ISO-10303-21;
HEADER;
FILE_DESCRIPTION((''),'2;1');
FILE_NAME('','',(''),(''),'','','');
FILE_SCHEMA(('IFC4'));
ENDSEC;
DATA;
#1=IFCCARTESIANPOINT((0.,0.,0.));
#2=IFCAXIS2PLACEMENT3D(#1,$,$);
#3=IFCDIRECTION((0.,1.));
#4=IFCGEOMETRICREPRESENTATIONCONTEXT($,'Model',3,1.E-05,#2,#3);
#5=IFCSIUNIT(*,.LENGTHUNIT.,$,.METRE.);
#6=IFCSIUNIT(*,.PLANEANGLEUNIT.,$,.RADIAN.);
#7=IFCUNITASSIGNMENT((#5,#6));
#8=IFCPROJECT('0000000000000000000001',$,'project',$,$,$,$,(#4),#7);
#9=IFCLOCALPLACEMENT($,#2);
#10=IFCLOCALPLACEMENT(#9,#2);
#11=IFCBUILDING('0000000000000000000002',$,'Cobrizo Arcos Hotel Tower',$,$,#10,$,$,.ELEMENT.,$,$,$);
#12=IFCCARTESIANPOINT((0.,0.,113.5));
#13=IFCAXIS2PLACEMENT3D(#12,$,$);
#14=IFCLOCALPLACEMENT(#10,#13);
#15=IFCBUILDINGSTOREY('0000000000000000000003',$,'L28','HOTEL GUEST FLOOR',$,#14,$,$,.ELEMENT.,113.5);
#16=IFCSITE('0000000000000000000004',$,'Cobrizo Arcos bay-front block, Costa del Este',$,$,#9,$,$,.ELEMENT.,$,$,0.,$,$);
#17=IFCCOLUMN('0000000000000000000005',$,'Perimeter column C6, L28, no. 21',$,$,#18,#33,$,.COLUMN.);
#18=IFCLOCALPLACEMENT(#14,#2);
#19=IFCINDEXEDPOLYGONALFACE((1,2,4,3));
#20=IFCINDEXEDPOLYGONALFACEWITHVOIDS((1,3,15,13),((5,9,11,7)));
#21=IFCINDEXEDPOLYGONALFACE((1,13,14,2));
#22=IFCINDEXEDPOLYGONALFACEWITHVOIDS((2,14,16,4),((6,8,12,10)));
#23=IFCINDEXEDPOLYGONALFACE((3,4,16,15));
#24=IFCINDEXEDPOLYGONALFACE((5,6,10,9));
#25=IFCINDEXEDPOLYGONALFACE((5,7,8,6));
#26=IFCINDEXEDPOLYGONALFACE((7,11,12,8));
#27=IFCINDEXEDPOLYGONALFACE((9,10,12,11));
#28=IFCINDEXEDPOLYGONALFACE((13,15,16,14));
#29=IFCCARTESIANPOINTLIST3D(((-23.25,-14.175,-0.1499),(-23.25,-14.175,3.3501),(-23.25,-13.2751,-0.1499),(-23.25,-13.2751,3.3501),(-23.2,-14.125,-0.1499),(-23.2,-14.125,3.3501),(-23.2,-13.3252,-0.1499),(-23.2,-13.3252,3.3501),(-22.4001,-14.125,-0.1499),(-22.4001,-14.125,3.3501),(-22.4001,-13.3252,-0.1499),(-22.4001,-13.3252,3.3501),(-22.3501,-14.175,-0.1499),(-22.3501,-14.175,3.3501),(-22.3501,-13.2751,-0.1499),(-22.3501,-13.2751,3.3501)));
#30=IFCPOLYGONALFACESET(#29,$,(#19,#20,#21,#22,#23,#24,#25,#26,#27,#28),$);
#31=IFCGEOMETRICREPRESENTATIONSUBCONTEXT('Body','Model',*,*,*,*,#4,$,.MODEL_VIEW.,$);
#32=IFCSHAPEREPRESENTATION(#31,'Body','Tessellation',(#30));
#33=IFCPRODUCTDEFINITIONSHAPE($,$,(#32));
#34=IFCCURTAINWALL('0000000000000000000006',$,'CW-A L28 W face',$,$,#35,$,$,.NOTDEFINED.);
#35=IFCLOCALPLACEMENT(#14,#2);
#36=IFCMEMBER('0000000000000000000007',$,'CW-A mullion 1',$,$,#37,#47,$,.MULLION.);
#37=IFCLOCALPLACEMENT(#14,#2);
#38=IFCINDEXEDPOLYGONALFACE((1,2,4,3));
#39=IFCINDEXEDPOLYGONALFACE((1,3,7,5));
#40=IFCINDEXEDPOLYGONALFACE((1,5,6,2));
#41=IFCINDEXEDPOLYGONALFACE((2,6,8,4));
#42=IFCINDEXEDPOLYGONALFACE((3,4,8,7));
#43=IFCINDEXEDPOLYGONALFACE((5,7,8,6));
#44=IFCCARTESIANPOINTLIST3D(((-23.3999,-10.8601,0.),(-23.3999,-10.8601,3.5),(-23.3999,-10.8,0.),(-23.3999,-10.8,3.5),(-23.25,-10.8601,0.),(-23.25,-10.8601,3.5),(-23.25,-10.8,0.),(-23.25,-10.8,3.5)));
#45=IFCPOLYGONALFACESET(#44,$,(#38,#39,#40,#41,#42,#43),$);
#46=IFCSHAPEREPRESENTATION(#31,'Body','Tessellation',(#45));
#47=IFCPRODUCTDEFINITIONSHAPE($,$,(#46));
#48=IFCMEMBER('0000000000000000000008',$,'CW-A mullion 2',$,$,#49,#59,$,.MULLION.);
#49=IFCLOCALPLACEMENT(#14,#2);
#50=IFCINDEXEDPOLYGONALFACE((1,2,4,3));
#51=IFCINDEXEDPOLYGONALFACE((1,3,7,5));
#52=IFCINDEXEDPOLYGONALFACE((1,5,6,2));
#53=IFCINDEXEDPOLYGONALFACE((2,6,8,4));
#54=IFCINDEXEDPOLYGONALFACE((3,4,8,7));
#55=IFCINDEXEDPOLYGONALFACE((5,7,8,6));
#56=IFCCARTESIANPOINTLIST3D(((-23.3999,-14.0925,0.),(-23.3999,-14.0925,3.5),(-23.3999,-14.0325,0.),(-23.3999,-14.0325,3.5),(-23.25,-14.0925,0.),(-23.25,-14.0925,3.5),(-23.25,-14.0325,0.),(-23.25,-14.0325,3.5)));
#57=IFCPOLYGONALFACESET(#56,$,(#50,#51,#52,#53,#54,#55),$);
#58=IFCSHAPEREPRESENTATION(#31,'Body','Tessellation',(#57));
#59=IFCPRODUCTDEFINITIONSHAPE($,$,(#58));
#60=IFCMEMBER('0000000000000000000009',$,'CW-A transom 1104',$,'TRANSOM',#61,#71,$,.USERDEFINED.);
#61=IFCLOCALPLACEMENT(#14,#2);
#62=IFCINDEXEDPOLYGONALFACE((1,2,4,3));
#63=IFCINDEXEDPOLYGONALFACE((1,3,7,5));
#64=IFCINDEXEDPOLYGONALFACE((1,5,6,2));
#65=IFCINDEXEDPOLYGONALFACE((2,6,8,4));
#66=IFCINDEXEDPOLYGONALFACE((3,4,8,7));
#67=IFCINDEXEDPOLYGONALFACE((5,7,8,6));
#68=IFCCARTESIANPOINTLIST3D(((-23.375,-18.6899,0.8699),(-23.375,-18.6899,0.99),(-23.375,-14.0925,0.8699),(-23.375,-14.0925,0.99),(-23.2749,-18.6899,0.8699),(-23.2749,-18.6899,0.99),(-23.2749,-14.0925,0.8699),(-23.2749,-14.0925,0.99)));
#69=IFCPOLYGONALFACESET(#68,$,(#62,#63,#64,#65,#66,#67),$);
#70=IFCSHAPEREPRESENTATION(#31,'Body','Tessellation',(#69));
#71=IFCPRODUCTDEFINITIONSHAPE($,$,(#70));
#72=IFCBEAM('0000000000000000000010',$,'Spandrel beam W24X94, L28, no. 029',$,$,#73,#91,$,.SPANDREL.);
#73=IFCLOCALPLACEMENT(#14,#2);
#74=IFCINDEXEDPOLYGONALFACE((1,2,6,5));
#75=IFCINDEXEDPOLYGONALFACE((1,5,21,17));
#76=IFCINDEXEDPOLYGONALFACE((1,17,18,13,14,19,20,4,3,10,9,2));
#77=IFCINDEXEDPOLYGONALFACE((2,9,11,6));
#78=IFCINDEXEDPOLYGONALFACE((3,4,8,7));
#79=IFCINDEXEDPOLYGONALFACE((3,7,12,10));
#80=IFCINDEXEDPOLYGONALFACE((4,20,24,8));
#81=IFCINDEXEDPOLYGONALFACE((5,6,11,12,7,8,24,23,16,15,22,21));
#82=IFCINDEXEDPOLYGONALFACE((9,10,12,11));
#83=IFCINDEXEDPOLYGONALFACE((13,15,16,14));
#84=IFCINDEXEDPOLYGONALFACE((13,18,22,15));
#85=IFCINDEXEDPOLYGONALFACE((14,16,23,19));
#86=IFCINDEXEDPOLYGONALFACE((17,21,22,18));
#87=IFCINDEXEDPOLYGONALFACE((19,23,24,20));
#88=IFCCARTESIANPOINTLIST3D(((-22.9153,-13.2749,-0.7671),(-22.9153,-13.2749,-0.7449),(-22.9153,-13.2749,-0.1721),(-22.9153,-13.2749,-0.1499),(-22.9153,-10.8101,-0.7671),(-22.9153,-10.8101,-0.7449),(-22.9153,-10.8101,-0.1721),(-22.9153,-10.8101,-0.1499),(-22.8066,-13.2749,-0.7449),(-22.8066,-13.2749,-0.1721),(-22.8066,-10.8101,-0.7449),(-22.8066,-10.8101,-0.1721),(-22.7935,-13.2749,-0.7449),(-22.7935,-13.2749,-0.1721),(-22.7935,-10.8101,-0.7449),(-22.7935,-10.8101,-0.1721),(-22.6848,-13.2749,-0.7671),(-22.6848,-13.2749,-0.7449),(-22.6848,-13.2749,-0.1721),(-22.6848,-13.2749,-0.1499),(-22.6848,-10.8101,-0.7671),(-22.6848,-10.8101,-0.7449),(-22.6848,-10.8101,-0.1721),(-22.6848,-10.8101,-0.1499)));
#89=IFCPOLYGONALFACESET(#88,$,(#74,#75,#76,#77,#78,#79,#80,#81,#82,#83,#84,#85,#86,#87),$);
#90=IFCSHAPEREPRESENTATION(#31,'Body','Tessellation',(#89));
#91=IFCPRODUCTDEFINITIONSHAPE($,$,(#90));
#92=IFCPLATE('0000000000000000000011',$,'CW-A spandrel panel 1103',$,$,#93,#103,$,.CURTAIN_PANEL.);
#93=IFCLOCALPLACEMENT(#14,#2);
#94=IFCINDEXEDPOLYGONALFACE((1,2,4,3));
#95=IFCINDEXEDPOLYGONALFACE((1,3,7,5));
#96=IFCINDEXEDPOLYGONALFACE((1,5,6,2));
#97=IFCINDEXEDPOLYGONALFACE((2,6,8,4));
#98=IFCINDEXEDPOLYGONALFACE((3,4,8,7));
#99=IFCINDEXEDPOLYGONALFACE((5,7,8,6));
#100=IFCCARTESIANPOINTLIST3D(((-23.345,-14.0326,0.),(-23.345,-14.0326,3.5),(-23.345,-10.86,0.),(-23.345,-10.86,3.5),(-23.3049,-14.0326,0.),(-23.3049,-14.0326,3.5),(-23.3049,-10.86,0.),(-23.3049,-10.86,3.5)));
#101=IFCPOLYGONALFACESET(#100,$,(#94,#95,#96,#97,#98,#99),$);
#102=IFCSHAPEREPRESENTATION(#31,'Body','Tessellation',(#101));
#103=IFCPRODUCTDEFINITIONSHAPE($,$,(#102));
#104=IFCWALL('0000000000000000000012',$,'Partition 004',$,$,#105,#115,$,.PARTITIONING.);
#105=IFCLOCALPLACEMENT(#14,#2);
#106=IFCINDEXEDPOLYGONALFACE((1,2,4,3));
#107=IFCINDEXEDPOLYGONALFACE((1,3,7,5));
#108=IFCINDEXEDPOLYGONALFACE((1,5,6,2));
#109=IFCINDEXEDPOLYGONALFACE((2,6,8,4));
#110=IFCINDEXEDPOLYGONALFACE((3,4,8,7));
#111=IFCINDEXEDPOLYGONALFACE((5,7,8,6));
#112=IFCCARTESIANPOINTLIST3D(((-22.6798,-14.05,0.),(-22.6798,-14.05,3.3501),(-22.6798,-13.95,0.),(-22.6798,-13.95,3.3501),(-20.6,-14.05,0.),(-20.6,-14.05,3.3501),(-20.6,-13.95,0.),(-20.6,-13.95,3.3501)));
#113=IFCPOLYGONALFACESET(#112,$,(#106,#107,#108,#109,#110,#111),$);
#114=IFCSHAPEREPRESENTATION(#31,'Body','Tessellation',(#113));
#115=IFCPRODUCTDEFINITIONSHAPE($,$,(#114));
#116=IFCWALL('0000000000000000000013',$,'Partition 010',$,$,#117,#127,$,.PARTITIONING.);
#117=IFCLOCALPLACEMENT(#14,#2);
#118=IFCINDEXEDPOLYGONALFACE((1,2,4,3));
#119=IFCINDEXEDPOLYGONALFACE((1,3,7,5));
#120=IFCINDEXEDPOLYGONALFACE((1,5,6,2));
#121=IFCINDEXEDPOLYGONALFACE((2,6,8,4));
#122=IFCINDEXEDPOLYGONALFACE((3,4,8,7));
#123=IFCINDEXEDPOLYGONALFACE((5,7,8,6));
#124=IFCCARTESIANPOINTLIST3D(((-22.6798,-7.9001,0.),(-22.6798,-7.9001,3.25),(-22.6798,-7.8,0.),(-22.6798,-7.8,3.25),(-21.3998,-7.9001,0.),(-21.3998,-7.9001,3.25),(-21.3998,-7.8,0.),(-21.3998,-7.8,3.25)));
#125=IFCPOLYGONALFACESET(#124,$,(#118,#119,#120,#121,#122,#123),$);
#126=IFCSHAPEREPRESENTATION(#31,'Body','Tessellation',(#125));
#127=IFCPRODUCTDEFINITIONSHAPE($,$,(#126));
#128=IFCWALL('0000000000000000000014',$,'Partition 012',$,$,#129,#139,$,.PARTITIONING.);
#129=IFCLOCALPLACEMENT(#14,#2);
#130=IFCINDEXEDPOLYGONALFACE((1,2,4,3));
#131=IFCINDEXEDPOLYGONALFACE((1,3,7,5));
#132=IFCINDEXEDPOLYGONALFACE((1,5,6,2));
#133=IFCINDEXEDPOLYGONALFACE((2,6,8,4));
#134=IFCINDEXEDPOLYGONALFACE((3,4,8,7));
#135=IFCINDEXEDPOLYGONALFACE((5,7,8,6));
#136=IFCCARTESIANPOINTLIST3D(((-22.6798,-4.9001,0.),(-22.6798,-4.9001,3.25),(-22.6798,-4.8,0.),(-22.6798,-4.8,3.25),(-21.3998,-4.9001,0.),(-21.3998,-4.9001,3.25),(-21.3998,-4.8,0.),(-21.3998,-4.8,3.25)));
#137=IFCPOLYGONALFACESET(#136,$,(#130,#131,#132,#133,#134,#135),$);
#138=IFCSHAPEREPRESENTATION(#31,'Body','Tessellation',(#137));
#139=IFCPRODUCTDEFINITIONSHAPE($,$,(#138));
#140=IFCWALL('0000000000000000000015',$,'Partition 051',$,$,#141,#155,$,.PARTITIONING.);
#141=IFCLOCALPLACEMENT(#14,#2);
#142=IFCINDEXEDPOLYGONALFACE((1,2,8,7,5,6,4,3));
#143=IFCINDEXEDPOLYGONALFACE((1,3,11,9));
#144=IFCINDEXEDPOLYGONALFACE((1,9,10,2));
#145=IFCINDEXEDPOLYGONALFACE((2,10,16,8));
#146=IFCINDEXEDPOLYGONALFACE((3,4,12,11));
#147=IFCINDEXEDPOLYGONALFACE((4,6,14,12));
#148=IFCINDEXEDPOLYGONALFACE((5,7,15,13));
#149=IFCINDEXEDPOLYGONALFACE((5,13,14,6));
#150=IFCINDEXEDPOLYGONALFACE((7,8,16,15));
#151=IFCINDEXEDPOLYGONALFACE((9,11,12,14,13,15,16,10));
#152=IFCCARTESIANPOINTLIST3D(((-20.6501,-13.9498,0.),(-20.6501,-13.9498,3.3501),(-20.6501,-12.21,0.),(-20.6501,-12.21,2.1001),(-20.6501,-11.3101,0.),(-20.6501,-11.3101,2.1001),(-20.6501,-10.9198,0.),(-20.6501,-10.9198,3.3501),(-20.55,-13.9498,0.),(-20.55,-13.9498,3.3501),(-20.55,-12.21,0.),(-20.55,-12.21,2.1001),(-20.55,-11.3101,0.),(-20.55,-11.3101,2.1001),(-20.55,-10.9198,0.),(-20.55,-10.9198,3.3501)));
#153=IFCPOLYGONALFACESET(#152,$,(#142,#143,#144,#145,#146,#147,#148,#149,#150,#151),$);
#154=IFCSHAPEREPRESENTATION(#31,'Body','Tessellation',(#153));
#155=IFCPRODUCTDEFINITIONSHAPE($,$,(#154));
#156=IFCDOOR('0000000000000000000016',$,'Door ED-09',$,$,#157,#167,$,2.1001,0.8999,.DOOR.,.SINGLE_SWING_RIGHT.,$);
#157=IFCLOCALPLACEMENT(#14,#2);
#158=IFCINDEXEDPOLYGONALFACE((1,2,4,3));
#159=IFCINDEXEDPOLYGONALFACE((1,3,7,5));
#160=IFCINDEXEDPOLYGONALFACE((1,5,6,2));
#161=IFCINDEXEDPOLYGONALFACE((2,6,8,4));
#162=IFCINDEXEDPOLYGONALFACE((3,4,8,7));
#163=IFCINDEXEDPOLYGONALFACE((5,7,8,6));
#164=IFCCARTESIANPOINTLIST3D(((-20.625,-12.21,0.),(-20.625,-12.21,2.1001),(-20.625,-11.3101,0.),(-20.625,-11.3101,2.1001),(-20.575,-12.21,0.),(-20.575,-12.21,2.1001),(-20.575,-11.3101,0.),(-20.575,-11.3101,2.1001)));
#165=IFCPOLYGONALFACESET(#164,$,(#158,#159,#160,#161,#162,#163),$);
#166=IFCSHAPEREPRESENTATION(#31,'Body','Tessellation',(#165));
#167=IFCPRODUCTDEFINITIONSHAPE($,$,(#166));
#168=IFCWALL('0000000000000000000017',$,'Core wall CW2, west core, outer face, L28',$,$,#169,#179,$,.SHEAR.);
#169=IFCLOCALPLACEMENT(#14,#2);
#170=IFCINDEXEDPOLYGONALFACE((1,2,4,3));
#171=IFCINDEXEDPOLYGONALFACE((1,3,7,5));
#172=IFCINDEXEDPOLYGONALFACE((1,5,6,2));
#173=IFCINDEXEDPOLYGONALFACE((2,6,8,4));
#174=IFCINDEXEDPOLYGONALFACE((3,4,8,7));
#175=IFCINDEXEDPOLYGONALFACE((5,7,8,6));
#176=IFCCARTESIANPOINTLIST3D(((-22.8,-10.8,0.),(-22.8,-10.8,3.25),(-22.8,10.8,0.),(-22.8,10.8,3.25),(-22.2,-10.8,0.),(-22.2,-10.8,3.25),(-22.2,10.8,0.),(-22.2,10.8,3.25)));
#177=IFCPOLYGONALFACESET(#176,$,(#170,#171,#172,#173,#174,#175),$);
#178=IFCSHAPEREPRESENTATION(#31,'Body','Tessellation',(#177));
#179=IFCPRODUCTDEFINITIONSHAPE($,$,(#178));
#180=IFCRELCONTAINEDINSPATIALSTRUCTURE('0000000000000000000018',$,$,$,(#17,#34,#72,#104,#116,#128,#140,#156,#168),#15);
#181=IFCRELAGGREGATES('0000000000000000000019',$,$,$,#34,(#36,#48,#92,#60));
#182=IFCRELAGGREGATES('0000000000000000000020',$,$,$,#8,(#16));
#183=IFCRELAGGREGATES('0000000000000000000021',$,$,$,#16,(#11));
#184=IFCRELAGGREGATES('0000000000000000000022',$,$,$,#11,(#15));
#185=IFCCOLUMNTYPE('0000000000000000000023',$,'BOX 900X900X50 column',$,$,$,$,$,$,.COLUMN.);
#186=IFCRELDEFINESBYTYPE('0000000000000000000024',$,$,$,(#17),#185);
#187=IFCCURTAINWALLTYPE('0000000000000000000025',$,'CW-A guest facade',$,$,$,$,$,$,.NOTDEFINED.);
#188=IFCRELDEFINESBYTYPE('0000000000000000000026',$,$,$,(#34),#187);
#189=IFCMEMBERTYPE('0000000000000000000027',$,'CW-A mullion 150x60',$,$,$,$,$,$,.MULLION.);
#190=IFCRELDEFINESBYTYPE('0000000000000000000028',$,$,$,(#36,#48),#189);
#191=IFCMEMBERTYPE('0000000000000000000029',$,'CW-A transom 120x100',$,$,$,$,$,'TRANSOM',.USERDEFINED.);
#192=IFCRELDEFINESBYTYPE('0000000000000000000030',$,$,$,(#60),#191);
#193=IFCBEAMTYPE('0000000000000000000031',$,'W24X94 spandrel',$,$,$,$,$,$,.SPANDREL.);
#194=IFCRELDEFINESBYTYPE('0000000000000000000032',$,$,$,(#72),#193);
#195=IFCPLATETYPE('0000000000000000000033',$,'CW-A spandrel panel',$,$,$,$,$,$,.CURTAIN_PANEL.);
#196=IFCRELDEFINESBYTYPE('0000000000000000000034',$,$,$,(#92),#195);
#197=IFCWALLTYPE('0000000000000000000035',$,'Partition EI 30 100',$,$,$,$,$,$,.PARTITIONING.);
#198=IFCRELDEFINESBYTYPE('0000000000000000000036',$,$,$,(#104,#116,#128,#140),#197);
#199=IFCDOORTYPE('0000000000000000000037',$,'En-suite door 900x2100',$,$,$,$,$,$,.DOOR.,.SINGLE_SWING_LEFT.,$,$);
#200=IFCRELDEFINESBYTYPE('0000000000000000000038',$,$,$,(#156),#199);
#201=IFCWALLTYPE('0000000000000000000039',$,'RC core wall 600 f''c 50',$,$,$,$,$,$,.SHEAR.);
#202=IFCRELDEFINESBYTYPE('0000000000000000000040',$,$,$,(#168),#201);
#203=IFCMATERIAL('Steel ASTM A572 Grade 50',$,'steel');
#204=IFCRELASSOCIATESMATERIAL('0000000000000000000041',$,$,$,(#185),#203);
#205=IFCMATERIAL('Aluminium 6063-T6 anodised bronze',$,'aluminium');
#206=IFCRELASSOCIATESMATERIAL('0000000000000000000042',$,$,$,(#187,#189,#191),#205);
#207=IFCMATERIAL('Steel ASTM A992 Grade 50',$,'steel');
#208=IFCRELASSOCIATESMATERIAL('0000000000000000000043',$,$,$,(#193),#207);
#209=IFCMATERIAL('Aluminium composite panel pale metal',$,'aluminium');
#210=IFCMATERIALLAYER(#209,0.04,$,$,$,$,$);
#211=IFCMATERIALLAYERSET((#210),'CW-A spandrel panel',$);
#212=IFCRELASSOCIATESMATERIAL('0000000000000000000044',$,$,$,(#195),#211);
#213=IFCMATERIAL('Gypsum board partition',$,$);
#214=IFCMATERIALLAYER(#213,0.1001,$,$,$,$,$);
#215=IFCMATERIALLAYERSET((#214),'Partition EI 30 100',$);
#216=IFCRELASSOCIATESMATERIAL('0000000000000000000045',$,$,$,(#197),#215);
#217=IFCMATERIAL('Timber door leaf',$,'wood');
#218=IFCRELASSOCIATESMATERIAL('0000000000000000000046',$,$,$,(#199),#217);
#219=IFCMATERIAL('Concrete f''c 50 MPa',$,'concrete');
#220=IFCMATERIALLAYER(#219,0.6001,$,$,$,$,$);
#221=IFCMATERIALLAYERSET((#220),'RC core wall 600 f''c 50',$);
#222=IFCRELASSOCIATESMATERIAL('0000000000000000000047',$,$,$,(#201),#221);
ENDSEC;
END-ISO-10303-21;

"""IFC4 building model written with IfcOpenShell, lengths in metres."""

from ifc_helpers import new_model, si_unit, direction, frame, frame_2d, origin, origin_2d, place, context, subcontext, project, spatial, rectangle, hollow_rectangle, i_section, extrude, material, layer, layer_set, material_profile, profile_set, type_object, element, fill, aggregate, save


model = new_model("IFC4")

# Units and contexts
model_context = context("Model", 3, precision=1e-05, world=origin(), true_north=direction((0.0, 1.0)))
body_context = subcontext(model_context, "Body", "Model", "MODEL_VIEW")
ifc_project = project(units=[si_unit("LENGTHUNIT", "METRE"), si_unit("PLANEANGLEUNIT", "RADIAN")], contexts=[model_context])

# Site, building, storey
site_placement = place(None, origin())
site = spatial("IfcSite", under=ifc_project, at=site_placement, Name="Cobrizo Arcos bay-front block, Costa del Este", CompositionType="ELEMENT", RefElevation=0.0)
building_placement = place(site_placement, origin())
building = spatial("IfcBuilding", under=site, at=building_placement, Name="Cobrizo Arcos Hotel Tower", CompositionType="ELEMENT")
storey_placement = place(building_placement, frame((0.0, 0.0, 113.5)))
storey = spatial("IfcBuildingStorey", under=building, at=storey_placement, Name="L28", Description="HOTEL GUEST FLOOR", CompositionType="ELEMENT", Elevation=113.5)

# Column
ifc_material_1 = material(Name="Steel ASTM A572 Grade 50", Category="steel")
ifc_material_profile_1 = material_profile(ifc_material_1, hollow_rectangle(XDim=0.8999, YDim=0.8999, WallThickness=0.05, at=origin_2d()), Name="BOX 900X900X50")
ifc_profile_set_1 = profile_set([ifc_material_profile_1], Name="Steel ASTM A572 Grade 50")
column_type = type_object("IfcColumnType", Name="BOX 900X900X50 column", PredefinedType="COLUMN", material=ifc_profile_set_1)
column_placement = place(storey_placement, frame((-22.8, -13.7251, -0.1499), z_axis=(0.0, 0.0, 1.0), x_axis=(1.0, 0.0, 0.0)))
element("IfcColumn", 1, at=column_placement, inside=storey, type_object=column_type, Name="Perimeter column C6, L28, no. 21", PredefinedType="COLUMN", context=body_context, shape_type="SweptSolid", body=[
    extrude(hollow_rectangle(XDim=0.8999, YDim=0.8999, WallThickness=0.05, at=origin_2d()), origin(), (0.0, 0.0, 1.0), 3.5),
])

# Curtain wall, members
ifc_material_2 = material(Name="Aluminium 6063-T6 anodised bronze", Category="aluminium")
curtain_wall_type = type_object("IfcCurtainWallType", Name="CW-A guest facade", PredefinedType="NOTDEFINED", material=ifc_material_2)
curtain_wall_placement = place(storey_placement, origin())
curtain_wall = element("IfcCurtainWall", 2, at=curtain_wall_placement, inside=storey, type_object=curtain_wall_type, Name="CW-A L28 W face", PredefinedType="NOTDEFINED")
ifc_material_profile_2 = material_profile(ifc_material_2, rectangle(XDim=0.1499, YDim=0.0601, at=origin_2d()), Name="CW-A mullion 150x60")
ifc_profile_set_2 = profile_set([ifc_material_profile_2], Name="Aluminium 6063-T6 anodised bronze")
member_type_1 = type_object("IfcMemberType", Name="CW-A mullion 150x60", PredefinedType="MULLION", material=ifc_profile_set_2)
member_1_placement = place(storey_placement, frame((-23.325, -10.8301, 0.0), z_axis=(0.0, 0.0, 1.0), x_axis=(-1.0, 0.0, 0.0)))
member_1 = element("IfcMember", 3, at=member_1_placement, type_object=member_type_1, Name="CW-A mullion 1", PredefinedType="MULLION", context=body_context, shape_type="SweptSolid", body=[
    extrude(rectangle(XDim=0.1499, YDim=0.0601, at=origin_2d()), origin(), (0.0, 0.0, 1.0), 3.5),
])
member_2_placement = place(storey_placement, frame((-23.325, -14.0625, 0.0), z_axis=(0.0, 0.0, 1.0), x_axis=(-1.0, 0.0, 0.0)))
member_2 = element("IfcMember", 4, at=member_2_placement, type_object=member_type_1, Name="CW-A mullion 2", PredefinedType="MULLION", context=body_context, shape_type="SweptSolid", body=[
    extrude(rectangle(XDim=0.1499, YDim=0.0601, at=origin_2d()), origin(), (0.0, 0.0, 1.0), 3.5),
])
ifc_material_profile_3 = material_profile(ifc_material_2, rectangle(XDim=0.1001, YDim=0.1201, at=origin_2d()), Name="CW-A transom 120x100")
ifc_profile_set_3 = profile_set([ifc_material_profile_3], Name="Aluminium 6063-T6 anodised bronze")
member_type_2 = type_object("IfcMemberType", Name="CW-A transom 120x100", ElementType="TRANSOM", PredefinedType="USERDEFINED", material=ifc_profile_set_3)
member_3_placement = place(storey_placement, frame((-23.325, -14.0925, 0.9299), z_axis=(0.0, -1.0, 0.0), x_axis=(1.0, 0.0, 0.0)))
member_3 = element("IfcMember", 5, at=member_3_placement, type_object=member_type_2, Name="CW-A transom 1104", ObjectType="TRANSOM", PredefinedType="USERDEFINED", context=body_context, shape_type="SweptSolid", body=[
    extrude(rectangle(XDim=0.1001, YDim=0.1201, at=origin_2d()), origin(), (0.0, 0.0, 1.0), 4.5974),
])

# Beam
ifc_material_3 = material(Name="Steel ASTM A992 Grade 50", Category="steel")
ifc_material_profile_4 = material_profile(ifc_material_3, i_section(OverallWidth=0.2305, OverallDepth=0.6172, WebThickness=0.0132, FlangeThickness=0.0222, at=origin_2d()), Name="W24X94")
ifc_profile_set_4 = profile_set([ifc_material_profile_4], Name="Steel ASTM A992 Grade 50")
beam_type = type_object("IfcBeamType", Name="W24X94 spandrel", PredefinedType="SPANDREL", material=ifc_profile_set_4)
beam_placement = place(storey_placement, frame((-22.8, -10.8101, -0.4585), z_axis=(0.0, -1.0, 0.0), x_axis=(1.0, 0.0, 0.0)))
element("IfcBeam", 6, at=beam_placement, inside=storey, type_object=beam_type, Name="Spandrel beam W24X94, L28, no. 029", PredefinedType="SPANDREL", context=body_context, shape_type="SweptSolid", body=[
    extrude(i_section(OverallWidth=0.2305, OverallDepth=0.6172, WebThickness=0.0132, FlangeThickness=0.0222, at=origin_2d()), origin(), (0.0, 0.0, 1.0), 2.4648),
])

# Plate
ifc_material_4 = material(Name="Aluminium composite panel pale metal", Category="aluminium")
ifc_layer_1 = layer(ifc_material_4, 0.04)
ifc_layer_set_1 = layer_set([ifc_layer_1], Name="CW-A spandrel panel")
plate_type = type_object("IfcPlateType", Name="CW-A spandrel panel", PredefinedType="CURTAIN_PANEL", material=ifc_layer_set_1)
plate_placement = place(storey_placement, frame((-23.325, -12.4463, 0.0), z_axis=(0.0, 0.0, 1.0), x_axis=(0.0, -1.0, 0.0)))
plate = element("IfcPlate", 7, at=plate_placement, type_object=plate_type, Name="CW-A spandrel panel 1103", PredefinedType="CURTAIN_PANEL", context=body_context, shape_type="SweptSolid", body=[
    extrude(rectangle(XDim=3.1726, YDim=0.04, at=origin_2d()), origin(), (0.0, 0.0, 1.0), 3.5),
])
aggregate(curtain_wall, [member_1, member_2, plate, member_3])

# Walls
ifc_material_5 = material(Name="Gypsum board partition")
ifc_layer_2 = layer(ifc_material_5, 0.1001)
ifc_layer_set_2 = layer_set([ifc_layer_2], Name="Partition EI 30 100")
wall_type_1 = type_object("IfcWallType", Name="Partition EI 30 100", PredefinedType="PARTITIONING", material=ifc_layer_set_2)
wall_1_placement = place(storey_placement, frame((-22.6799, -14.0, 0.0), z_axis=(0.0, 0.0, 1.0), x_axis=(1.0, 0.0, 0.0)))
element("IfcWall", 8, at=wall_1_placement, inside=storey, type_object=wall_type_1, Name="Partition 004", PredefinedType="PARTITIONING", context=body_context, shape_type="SweptSolid", body=[
    extrude(rectangle(XDim=2.0798, YDim=0.1001, at=frame_2d((1.04, 0.0))), origin(), (0.0, 0.0, 1.0), 3.3501),
])
for number, where, z_axis, x_axis, name in (
    (9, (-22.6799, -7.8501, 0.0), (0.0, 0.0, 1.0), (1.0, 0.0, 0.0), "Partition 010"),
    (10, (-22.6799, -4.8501, 0.0), (0.0, 0.0, 1.0), (1.0, 0.0, 0.0), "Partition 012"),
):
    element("IfcWall", number, at=place(storey_placement, frame(where, z_axis=z_axis, x_axis=x_axis)), inside=storey, type_object=wall_type_1, Name=name, PredefinedType="PARTITIONING", context=body_context, shape_type="SweptSolid", body=[
        extrude(rectangle(XDim=1.28, YDim=0.1001, at=frame_2d((0.6401, 0.0))), origin(), (0.0, 0.0, 1.0), 3.25),
    ])

# Wall, opening, door
wall_2_placement = place(storey_placement, frame((-20.6001, -13.95, 0.0), z_axis=(0.0, 0.0, 1.0), x_axis=(0.0, 1.0, 0.0)))
wall_2 = element("IfcWall", 11, at=wall_2_placement, inside=storey, type_object=wall_type_1, Name="Partition 051", PredefinedType="PARTITIONING", context=body_context, shape_type="SweptSolid", body=[
    extrude(rectangle(XDim=3.03, YDim=0.1001, at=frame_2d((1.5151, 0.0))), origin(), (0.0, 0.0, 1.0), 3.3501),
])
opening_1_placement = place(wall_2_placement, frame((1.74, 0.0, 0.0)))
opening_1 = element("IfcOpeningElement", 12, at=opening_1_placement, cuts=wall_2, PredefinedType="OPENING", context=body_context, shape_type="SweptSolid", body=[
    extrude(rectangle(XDim=0.8999, YDim=2.1001, at=frame_2d((0.45, 1.05))), frame((0.0, 0.062, 0.0), z_axis=(0.0, -1.0, 0.0), x_axis=(1.0, 0.0, 0.0)), (0.0, 0.0, 1.0), 0.124),
])
ifc_material_6 = material(Name="Timber door leaf", Category="wood")
door_type_1 = type_object("IfcDoorType", Name="En-suite door 900x2100", OperationType="SINGLE_SWING_LEFT", PredefinedType="DOOR", material=ifc_material_6)
door_1_placement = place(opening_1_placement, origin())
door_1 = element("IfcDoor", 13, at=door_1_placement, inside=storey, type_object=door_type_1, Name="Door ED-09", OperationType="SINGLE_SWING_RIGHT", OverallHeight=2.1001, OverallWidth=0.8999, PredefinedType="DOOR", context=body_context, shape_type="SweptSolid", body=[
    extrude(rectangle(XDim=0.8999, YDim=2.1001, at=frame_2d((0.45, 1.05))), frame((0.0, 0.0249, 0.0), z_axis=(0.0, -1.0, 0.0), x_axis=(1.0, 0.0, 0.0)), (0.0, 0.0, 1.0), 0.05),
])
fill(opening_1, door_1)

# Wall
ifc_material_7 = material(Name="Concrete f'c 50 MPa", Category="concrete")
ifc_layer_3 = layer(ifc_material_7, 0.6001)
ifc_layer_set_3 = layer_set([ifc_layer_3], Name="RC core wall 600 f'c 50")
wall_type_2 = type_object("IfcWallType", Name="RC core wall 600 f'c 50", PredefinedType="SHEAR", material=ifc_layer_set_3)
wall_3_placement = place(storey_placement, frame((-22.5, -10.8, 0.0), z_axis=(0.0, 0.0, 1.0), x_axis=(0.0, 1.0, 0.0)))
element("IfcWall", 14, at=wall_3_placement, inside=storey, type_object=wall_type_2, Name="Core wall CW2, west core, outer face, L28", PredefinedType="SHEAR", context=body_context, shape_type="SweptSolid", body=[
    extrude(rectangle(XDim=21.6001, YDim=0.6001, at=frame_2d((10.8, 0.0))), origin(), (0.0, 0.0, 1.0), 3.25),
])

save(model, "model.ifc")
